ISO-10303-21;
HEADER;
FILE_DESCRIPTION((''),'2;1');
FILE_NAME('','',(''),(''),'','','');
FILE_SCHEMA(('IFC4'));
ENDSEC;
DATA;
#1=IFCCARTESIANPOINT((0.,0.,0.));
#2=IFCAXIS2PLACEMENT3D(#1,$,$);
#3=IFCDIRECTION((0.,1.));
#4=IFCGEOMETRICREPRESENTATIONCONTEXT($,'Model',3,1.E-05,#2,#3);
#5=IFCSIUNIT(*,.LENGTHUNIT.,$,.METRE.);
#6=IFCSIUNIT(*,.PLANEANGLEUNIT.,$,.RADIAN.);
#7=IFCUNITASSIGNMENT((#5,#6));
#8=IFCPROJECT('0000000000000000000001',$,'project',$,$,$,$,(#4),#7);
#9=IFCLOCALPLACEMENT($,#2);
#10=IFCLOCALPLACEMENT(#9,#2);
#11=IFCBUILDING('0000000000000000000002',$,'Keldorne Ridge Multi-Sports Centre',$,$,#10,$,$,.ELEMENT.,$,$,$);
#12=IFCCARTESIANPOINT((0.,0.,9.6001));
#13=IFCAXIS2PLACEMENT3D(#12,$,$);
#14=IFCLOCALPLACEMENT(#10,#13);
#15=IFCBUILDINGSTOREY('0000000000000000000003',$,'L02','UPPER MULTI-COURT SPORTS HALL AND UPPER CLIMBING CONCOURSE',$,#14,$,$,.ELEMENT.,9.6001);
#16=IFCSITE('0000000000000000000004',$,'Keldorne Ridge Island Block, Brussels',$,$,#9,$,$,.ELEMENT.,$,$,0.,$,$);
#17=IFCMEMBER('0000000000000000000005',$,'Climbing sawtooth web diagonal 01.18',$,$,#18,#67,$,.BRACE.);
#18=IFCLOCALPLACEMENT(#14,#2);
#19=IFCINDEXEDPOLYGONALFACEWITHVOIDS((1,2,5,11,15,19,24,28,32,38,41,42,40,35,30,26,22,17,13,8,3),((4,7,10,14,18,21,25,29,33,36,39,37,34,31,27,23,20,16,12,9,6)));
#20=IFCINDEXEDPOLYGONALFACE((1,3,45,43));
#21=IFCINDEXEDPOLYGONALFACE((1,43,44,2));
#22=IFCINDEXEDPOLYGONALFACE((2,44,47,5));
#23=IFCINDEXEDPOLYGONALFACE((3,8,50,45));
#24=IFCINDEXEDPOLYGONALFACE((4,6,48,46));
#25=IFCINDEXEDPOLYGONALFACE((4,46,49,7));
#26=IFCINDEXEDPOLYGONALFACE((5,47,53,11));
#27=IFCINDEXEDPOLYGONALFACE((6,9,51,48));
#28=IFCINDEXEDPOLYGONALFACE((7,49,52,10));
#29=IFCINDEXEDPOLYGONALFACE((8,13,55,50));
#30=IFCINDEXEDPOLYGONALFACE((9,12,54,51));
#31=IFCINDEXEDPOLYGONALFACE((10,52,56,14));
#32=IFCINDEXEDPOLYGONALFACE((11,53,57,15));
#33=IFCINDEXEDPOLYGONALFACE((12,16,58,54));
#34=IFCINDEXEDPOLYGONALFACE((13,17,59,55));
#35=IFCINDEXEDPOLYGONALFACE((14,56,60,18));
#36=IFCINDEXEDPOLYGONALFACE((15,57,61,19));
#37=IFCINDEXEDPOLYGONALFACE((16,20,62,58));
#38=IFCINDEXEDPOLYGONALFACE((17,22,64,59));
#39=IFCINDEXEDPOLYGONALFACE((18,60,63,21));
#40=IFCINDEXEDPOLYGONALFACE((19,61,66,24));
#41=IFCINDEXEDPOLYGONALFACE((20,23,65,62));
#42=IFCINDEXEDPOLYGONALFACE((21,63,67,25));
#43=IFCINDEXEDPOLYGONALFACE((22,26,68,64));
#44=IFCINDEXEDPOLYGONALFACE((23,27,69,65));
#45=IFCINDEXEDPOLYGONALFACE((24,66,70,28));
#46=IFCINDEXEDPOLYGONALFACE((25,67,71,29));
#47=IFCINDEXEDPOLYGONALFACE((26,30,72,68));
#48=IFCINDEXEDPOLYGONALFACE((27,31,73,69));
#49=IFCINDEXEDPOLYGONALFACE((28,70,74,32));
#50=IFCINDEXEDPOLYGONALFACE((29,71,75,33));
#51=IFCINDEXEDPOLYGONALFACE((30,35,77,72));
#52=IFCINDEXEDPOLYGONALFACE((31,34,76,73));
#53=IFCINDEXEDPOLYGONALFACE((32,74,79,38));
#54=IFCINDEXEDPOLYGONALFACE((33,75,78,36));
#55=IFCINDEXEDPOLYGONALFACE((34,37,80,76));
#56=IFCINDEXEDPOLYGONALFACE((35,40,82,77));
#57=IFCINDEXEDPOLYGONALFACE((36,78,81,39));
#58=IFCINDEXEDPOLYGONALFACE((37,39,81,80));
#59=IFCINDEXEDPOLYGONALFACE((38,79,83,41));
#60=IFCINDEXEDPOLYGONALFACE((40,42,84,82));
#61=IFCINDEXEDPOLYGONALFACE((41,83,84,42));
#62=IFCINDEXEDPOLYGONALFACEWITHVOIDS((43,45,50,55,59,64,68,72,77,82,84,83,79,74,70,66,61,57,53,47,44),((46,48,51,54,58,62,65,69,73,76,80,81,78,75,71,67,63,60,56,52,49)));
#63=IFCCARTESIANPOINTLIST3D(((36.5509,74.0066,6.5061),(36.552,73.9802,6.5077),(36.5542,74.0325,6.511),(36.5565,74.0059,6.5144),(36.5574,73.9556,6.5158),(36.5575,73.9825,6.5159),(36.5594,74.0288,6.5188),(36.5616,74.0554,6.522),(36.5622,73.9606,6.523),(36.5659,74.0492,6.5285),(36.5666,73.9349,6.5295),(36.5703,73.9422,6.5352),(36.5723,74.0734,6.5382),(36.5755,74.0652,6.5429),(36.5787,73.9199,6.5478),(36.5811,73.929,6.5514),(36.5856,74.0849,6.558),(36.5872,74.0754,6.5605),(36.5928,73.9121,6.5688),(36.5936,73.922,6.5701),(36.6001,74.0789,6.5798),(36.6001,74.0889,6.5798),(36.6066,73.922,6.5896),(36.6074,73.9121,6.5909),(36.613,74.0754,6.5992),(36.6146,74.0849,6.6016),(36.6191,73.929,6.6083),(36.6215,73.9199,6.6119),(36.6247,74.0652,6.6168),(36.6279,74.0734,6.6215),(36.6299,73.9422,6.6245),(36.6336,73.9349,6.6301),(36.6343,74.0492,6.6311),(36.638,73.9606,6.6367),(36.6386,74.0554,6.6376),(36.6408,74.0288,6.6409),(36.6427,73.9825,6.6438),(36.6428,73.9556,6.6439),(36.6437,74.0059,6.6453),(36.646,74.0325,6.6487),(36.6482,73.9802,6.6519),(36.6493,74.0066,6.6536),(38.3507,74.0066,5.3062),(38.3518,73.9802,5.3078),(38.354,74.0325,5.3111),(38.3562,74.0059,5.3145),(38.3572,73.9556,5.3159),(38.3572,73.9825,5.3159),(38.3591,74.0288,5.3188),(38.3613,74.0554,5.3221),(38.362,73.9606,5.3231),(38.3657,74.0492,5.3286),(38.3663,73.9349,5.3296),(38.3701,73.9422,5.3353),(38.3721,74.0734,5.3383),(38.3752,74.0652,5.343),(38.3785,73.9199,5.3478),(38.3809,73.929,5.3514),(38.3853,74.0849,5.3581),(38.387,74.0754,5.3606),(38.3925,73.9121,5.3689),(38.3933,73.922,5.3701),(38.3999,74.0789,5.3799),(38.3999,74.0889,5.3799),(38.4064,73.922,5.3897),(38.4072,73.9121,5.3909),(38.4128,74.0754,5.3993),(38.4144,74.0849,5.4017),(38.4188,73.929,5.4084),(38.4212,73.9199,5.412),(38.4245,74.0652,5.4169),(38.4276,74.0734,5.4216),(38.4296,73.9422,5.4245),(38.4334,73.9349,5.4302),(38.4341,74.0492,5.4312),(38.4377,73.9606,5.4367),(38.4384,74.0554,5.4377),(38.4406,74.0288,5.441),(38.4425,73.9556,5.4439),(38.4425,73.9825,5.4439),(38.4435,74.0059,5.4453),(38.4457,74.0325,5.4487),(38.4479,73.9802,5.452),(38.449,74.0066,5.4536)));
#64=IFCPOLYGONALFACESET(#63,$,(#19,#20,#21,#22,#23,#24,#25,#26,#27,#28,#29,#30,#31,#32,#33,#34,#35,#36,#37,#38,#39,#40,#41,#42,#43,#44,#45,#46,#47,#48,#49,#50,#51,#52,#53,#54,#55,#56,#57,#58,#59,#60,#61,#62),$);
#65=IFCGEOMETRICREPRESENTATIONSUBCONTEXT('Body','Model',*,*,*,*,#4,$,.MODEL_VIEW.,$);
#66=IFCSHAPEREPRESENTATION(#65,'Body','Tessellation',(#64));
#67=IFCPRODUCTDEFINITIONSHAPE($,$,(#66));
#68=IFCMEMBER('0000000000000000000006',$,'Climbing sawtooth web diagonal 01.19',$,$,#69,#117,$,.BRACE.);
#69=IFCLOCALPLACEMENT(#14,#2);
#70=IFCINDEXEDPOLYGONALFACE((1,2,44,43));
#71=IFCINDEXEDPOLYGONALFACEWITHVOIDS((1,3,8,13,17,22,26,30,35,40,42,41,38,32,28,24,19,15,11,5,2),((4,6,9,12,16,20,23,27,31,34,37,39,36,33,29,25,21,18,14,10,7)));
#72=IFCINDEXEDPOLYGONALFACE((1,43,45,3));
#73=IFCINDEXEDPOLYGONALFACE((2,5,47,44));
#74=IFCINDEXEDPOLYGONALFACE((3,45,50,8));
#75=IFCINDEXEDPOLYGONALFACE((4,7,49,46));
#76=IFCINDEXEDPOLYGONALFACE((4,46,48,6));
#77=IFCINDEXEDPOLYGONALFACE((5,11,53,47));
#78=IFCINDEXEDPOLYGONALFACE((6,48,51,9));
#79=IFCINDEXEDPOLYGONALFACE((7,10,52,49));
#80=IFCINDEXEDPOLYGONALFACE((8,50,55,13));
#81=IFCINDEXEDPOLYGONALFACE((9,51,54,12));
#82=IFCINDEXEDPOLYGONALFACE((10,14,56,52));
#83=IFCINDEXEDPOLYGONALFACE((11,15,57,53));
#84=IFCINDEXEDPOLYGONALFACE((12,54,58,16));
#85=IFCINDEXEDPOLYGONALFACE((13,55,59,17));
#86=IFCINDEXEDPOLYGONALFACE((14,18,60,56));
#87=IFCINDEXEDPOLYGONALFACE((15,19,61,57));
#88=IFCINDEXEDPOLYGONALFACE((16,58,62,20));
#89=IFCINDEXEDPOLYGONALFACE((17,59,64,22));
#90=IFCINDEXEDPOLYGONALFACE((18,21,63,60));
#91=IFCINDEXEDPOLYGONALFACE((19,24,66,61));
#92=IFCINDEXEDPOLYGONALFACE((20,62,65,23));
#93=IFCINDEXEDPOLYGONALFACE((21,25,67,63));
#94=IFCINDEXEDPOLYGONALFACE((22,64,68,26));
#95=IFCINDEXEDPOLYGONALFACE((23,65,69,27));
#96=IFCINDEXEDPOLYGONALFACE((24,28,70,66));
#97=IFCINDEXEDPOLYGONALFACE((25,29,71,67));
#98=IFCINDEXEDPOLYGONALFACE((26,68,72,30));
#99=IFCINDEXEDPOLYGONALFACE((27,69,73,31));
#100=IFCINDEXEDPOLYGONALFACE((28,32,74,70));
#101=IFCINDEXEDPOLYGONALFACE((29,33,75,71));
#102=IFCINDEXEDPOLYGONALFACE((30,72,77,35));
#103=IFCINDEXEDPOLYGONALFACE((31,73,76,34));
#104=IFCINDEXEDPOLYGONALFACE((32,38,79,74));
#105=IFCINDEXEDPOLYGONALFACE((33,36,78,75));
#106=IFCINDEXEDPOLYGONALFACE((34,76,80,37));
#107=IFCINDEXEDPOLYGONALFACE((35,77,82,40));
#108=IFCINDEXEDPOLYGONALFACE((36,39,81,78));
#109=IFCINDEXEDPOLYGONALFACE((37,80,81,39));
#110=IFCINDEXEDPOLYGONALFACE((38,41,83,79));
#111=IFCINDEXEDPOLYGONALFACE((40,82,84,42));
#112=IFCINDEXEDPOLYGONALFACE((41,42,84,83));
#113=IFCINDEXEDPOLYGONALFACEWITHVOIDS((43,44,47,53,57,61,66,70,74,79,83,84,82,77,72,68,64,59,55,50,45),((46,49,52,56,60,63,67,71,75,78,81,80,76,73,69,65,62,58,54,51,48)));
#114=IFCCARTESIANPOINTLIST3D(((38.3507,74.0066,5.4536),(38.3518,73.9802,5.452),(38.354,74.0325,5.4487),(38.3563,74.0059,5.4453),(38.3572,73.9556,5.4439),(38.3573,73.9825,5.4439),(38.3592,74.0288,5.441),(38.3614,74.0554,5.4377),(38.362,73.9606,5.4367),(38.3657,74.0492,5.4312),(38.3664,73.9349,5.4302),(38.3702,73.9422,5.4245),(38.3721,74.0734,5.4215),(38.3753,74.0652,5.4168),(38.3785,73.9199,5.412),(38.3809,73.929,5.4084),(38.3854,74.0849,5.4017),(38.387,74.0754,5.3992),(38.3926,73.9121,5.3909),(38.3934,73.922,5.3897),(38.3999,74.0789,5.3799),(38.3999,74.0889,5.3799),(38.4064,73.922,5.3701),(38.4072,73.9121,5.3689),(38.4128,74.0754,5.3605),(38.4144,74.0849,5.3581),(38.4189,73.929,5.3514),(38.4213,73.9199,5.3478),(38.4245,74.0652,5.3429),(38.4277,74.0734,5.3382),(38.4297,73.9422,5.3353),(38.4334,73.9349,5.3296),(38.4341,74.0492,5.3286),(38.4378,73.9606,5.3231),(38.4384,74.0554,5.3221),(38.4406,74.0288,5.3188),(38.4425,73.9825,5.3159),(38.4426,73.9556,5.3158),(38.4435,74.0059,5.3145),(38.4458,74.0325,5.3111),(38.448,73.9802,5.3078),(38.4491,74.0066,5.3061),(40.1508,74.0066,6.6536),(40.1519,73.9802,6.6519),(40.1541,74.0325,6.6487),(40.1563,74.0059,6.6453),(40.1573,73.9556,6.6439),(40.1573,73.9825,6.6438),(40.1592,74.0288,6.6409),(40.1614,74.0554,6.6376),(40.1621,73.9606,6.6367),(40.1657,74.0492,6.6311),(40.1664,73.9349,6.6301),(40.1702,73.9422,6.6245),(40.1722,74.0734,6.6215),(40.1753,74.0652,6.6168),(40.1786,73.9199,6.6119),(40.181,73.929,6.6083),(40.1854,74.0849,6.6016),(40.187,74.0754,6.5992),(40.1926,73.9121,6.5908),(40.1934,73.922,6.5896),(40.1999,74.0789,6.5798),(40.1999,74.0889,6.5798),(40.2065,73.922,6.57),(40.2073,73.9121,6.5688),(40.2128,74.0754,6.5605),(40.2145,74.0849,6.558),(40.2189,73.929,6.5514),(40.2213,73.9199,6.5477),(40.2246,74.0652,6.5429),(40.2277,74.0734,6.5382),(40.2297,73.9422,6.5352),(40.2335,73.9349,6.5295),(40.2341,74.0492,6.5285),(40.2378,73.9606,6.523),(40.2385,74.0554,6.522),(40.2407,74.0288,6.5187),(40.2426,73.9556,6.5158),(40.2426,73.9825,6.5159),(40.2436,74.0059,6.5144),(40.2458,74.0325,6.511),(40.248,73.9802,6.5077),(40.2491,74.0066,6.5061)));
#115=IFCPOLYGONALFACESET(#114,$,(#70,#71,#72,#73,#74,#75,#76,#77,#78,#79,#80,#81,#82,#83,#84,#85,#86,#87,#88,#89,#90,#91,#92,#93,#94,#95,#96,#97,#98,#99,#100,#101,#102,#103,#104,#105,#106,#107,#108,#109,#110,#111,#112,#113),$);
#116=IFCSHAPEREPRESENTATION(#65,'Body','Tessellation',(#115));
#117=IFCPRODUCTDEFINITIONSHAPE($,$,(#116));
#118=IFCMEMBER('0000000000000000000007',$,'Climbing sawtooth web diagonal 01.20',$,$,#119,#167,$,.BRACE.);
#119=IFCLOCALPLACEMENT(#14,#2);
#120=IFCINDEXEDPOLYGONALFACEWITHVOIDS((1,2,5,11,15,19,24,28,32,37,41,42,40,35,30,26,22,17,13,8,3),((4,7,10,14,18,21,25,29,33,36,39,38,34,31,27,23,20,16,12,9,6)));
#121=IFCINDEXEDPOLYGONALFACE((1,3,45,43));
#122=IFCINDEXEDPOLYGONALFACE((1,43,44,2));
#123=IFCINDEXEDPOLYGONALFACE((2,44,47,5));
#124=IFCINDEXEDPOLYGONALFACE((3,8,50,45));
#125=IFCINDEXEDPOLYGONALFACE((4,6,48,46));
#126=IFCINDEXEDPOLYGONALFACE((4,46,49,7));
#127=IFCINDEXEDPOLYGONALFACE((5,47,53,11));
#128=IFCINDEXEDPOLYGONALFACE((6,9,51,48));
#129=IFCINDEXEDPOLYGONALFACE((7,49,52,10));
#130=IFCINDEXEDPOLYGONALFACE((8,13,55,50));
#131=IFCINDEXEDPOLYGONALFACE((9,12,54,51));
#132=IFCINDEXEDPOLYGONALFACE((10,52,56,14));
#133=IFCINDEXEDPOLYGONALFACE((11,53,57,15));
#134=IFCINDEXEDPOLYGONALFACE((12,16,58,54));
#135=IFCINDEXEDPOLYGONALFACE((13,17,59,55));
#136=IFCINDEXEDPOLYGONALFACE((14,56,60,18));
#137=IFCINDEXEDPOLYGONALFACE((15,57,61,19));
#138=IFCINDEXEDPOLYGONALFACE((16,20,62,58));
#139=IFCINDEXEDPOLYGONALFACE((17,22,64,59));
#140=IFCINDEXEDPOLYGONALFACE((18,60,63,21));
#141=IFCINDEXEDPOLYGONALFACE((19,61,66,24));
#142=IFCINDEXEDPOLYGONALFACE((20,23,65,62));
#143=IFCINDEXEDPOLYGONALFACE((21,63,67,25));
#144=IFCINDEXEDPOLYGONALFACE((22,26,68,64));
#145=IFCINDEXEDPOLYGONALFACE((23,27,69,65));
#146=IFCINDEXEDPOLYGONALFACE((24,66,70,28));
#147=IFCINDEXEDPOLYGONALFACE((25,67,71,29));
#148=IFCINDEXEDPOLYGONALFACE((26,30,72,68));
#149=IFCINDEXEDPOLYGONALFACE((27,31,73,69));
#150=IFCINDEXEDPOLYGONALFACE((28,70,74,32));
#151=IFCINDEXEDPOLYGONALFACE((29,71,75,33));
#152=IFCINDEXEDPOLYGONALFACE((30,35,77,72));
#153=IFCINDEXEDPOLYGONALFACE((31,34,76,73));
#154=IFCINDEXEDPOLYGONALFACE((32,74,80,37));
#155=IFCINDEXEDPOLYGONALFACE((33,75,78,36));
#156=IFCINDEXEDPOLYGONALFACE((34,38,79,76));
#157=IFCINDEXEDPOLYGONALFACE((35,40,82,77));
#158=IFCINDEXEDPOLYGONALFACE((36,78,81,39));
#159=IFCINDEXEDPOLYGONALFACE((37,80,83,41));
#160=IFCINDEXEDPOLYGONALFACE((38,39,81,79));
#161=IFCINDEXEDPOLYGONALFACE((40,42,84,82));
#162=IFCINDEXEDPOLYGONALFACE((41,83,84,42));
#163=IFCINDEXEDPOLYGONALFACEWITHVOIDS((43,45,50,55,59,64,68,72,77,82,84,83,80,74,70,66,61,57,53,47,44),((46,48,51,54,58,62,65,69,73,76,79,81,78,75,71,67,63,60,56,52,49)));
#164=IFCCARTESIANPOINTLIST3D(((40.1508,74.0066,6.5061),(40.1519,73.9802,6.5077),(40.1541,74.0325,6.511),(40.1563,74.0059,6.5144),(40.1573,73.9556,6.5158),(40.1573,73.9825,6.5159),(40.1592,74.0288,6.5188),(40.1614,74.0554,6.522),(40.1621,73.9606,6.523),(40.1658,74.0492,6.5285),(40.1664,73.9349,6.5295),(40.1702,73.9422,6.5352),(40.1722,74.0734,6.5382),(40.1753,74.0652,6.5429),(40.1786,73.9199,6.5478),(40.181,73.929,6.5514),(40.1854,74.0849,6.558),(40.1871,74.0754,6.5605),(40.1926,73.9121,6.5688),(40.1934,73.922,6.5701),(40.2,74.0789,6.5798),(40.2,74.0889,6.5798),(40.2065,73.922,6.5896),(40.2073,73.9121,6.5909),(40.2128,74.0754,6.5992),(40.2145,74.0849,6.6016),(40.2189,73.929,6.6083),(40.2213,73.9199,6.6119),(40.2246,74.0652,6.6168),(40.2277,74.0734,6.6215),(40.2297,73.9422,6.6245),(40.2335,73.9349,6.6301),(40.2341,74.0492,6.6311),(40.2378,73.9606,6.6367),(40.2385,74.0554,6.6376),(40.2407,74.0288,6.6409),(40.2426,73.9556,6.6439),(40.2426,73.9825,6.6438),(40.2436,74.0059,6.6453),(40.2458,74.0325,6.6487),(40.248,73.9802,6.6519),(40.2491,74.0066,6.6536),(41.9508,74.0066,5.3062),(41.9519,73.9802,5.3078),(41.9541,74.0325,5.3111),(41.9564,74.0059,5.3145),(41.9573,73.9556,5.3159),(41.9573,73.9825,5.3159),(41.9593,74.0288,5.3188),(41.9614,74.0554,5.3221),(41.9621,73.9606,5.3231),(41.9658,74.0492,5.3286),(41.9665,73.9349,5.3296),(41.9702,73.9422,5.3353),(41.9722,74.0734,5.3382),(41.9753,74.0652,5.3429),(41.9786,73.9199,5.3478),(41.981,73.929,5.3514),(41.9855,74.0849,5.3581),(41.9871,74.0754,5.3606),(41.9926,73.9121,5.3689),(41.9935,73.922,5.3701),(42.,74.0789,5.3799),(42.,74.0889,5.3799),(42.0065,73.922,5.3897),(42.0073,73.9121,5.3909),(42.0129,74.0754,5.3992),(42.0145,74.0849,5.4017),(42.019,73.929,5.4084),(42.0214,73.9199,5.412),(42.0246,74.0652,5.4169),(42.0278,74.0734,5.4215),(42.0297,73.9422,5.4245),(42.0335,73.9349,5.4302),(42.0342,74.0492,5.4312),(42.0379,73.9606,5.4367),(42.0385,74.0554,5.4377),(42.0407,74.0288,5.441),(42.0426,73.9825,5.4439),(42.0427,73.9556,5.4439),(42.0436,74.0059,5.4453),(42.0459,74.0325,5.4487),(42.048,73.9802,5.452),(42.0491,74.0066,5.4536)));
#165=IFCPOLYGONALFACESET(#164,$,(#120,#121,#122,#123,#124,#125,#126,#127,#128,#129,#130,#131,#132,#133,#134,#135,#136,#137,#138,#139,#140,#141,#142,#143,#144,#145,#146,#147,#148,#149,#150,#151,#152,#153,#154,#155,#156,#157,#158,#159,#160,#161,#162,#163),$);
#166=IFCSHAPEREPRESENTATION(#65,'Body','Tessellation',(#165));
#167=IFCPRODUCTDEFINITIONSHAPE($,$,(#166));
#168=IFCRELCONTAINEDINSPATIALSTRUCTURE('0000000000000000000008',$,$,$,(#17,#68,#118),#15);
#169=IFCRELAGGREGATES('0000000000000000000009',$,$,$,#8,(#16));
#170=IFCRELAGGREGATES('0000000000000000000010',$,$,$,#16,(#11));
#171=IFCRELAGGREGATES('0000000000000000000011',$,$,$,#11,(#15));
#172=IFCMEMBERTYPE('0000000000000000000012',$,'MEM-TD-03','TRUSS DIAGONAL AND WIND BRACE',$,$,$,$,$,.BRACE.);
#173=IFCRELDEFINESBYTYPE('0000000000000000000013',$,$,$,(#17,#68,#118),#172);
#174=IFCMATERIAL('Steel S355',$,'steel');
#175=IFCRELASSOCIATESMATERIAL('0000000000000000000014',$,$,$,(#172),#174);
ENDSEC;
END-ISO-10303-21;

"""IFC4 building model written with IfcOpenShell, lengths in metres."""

from ifc_helpers import new_model, si_unit, direction, frame, origin, origin_2d, place, context, subcontext, project, spatial, hollow_circle, extrude, material, material_profile, profile_set, type_object, element, save


model = new_model("IFC4")

# Units and contexts
model_context = context("Model", 3, precision=1e-05, world=origin(), true_north=direction((0.0, 1.0)))
body_context = subcontext(model_context, "Body", "Model", "MODEL_VIEW")
ifc_project = project(units=[si_unit("LENGTHUNIT", "METRE"), si_unit("PLANEANGLEUNIT", "RADIAN")], contexts=[model_context])

# Site, building, storey
site_placement = place(None, origin())
site = spatial("IfcSite", under=ifc_project, at=site_placement, Name="Keldorne Ridge Island Block, Brussels", CompositionType="ELEMENT", RefElevation=0.0)
building_placement = place(site_placement, origin())
building = spatial("IfcBuilding", under=site, at=building_placement, Name="Keldorne Ridge Multi-Sports Centre", CompositionType="ELEMENT")
storey_placement = place(building_placement, frame((0.0, 0.0, 9.6001)))
storey = spatial("IfcBuildingStorey", under=building, at=storey_placement, Name="L02", Description="UPPER MULTI-COURT SPORTS HALL AND UPPER CLIMBING CONCOURSE", CompositionType="ELEMENT", Elevation=9.6001)

# Members
ifc_material_1 = material(Name="Steel S355", Category="steel")
ifc_material_profile_1 = material_profile(ifc_material_1, hollow_circle(Radius=0.0889, WallThickness=0.01, at=origin_2d()), Name="CHS 177.8x10")
ifc_profile_set_1 = profile_set([ifc_material_profile_1], Name="Steel S355")
member_type_1 = type_object("IfcMemberType", Name="MEM-TD-03", Description="TRUSS DIAGONAL AND WIND BRACE", PredefinedType="BRACE", material=ifc_profile_set_1)
member_1_placement = place(storey_placement, frame((36.6001, 74.0, 6.5798), z_axis=(0.832033, 0.0, -0.554726), x_axis=(0.0, 1.0, 0.0)))
element("IfcMember", 1, at=member_1_placement, inside=storey, type_object=member_type_1, Name="Climbing sawtooth web diagonal 01.18", PredefinedType="BRACE", context=body_context, shape_type="SweptSolid", body=[
    extrude(hollow_circle(Radius=0.0889, WallThickness=0.01, at=origin_2d()), origin(), (0.0, 0.0, 1.0), 2.1631),
])
for number, where, z_axis, x_axis, name in (
    (2, (38.3999, 74.0, 5.3799), (0.832068, 0.0, 0.554674), (0.0, 1.0, 0.0), "Climbing sawtooth web diagonal 01.19"),
    (3, (40.2, 74.0, 6.5798), (0.832068, 0.0, -0.554674), (0.0, 1.0, 0.0), "Climbing sawtooth web diagonal 01.20"),
):
    element("IfcMember", number, at=place(storey_placement, frame(where, z_axis=z_axis, x_axis=x_axis)), inside=storey, type_object=member_type_1, Name=name, PredefinedType="BRACE", context=body_context, shape_type="SweptSolid", body=[
        extrude(hollow_circle(Radius=0.0889, WallThickness=0.01, at=origin_2d()), origin(), (0.0, 0.0, 1.0), 2.1633),
    ])

save(model, "model.ifc")
